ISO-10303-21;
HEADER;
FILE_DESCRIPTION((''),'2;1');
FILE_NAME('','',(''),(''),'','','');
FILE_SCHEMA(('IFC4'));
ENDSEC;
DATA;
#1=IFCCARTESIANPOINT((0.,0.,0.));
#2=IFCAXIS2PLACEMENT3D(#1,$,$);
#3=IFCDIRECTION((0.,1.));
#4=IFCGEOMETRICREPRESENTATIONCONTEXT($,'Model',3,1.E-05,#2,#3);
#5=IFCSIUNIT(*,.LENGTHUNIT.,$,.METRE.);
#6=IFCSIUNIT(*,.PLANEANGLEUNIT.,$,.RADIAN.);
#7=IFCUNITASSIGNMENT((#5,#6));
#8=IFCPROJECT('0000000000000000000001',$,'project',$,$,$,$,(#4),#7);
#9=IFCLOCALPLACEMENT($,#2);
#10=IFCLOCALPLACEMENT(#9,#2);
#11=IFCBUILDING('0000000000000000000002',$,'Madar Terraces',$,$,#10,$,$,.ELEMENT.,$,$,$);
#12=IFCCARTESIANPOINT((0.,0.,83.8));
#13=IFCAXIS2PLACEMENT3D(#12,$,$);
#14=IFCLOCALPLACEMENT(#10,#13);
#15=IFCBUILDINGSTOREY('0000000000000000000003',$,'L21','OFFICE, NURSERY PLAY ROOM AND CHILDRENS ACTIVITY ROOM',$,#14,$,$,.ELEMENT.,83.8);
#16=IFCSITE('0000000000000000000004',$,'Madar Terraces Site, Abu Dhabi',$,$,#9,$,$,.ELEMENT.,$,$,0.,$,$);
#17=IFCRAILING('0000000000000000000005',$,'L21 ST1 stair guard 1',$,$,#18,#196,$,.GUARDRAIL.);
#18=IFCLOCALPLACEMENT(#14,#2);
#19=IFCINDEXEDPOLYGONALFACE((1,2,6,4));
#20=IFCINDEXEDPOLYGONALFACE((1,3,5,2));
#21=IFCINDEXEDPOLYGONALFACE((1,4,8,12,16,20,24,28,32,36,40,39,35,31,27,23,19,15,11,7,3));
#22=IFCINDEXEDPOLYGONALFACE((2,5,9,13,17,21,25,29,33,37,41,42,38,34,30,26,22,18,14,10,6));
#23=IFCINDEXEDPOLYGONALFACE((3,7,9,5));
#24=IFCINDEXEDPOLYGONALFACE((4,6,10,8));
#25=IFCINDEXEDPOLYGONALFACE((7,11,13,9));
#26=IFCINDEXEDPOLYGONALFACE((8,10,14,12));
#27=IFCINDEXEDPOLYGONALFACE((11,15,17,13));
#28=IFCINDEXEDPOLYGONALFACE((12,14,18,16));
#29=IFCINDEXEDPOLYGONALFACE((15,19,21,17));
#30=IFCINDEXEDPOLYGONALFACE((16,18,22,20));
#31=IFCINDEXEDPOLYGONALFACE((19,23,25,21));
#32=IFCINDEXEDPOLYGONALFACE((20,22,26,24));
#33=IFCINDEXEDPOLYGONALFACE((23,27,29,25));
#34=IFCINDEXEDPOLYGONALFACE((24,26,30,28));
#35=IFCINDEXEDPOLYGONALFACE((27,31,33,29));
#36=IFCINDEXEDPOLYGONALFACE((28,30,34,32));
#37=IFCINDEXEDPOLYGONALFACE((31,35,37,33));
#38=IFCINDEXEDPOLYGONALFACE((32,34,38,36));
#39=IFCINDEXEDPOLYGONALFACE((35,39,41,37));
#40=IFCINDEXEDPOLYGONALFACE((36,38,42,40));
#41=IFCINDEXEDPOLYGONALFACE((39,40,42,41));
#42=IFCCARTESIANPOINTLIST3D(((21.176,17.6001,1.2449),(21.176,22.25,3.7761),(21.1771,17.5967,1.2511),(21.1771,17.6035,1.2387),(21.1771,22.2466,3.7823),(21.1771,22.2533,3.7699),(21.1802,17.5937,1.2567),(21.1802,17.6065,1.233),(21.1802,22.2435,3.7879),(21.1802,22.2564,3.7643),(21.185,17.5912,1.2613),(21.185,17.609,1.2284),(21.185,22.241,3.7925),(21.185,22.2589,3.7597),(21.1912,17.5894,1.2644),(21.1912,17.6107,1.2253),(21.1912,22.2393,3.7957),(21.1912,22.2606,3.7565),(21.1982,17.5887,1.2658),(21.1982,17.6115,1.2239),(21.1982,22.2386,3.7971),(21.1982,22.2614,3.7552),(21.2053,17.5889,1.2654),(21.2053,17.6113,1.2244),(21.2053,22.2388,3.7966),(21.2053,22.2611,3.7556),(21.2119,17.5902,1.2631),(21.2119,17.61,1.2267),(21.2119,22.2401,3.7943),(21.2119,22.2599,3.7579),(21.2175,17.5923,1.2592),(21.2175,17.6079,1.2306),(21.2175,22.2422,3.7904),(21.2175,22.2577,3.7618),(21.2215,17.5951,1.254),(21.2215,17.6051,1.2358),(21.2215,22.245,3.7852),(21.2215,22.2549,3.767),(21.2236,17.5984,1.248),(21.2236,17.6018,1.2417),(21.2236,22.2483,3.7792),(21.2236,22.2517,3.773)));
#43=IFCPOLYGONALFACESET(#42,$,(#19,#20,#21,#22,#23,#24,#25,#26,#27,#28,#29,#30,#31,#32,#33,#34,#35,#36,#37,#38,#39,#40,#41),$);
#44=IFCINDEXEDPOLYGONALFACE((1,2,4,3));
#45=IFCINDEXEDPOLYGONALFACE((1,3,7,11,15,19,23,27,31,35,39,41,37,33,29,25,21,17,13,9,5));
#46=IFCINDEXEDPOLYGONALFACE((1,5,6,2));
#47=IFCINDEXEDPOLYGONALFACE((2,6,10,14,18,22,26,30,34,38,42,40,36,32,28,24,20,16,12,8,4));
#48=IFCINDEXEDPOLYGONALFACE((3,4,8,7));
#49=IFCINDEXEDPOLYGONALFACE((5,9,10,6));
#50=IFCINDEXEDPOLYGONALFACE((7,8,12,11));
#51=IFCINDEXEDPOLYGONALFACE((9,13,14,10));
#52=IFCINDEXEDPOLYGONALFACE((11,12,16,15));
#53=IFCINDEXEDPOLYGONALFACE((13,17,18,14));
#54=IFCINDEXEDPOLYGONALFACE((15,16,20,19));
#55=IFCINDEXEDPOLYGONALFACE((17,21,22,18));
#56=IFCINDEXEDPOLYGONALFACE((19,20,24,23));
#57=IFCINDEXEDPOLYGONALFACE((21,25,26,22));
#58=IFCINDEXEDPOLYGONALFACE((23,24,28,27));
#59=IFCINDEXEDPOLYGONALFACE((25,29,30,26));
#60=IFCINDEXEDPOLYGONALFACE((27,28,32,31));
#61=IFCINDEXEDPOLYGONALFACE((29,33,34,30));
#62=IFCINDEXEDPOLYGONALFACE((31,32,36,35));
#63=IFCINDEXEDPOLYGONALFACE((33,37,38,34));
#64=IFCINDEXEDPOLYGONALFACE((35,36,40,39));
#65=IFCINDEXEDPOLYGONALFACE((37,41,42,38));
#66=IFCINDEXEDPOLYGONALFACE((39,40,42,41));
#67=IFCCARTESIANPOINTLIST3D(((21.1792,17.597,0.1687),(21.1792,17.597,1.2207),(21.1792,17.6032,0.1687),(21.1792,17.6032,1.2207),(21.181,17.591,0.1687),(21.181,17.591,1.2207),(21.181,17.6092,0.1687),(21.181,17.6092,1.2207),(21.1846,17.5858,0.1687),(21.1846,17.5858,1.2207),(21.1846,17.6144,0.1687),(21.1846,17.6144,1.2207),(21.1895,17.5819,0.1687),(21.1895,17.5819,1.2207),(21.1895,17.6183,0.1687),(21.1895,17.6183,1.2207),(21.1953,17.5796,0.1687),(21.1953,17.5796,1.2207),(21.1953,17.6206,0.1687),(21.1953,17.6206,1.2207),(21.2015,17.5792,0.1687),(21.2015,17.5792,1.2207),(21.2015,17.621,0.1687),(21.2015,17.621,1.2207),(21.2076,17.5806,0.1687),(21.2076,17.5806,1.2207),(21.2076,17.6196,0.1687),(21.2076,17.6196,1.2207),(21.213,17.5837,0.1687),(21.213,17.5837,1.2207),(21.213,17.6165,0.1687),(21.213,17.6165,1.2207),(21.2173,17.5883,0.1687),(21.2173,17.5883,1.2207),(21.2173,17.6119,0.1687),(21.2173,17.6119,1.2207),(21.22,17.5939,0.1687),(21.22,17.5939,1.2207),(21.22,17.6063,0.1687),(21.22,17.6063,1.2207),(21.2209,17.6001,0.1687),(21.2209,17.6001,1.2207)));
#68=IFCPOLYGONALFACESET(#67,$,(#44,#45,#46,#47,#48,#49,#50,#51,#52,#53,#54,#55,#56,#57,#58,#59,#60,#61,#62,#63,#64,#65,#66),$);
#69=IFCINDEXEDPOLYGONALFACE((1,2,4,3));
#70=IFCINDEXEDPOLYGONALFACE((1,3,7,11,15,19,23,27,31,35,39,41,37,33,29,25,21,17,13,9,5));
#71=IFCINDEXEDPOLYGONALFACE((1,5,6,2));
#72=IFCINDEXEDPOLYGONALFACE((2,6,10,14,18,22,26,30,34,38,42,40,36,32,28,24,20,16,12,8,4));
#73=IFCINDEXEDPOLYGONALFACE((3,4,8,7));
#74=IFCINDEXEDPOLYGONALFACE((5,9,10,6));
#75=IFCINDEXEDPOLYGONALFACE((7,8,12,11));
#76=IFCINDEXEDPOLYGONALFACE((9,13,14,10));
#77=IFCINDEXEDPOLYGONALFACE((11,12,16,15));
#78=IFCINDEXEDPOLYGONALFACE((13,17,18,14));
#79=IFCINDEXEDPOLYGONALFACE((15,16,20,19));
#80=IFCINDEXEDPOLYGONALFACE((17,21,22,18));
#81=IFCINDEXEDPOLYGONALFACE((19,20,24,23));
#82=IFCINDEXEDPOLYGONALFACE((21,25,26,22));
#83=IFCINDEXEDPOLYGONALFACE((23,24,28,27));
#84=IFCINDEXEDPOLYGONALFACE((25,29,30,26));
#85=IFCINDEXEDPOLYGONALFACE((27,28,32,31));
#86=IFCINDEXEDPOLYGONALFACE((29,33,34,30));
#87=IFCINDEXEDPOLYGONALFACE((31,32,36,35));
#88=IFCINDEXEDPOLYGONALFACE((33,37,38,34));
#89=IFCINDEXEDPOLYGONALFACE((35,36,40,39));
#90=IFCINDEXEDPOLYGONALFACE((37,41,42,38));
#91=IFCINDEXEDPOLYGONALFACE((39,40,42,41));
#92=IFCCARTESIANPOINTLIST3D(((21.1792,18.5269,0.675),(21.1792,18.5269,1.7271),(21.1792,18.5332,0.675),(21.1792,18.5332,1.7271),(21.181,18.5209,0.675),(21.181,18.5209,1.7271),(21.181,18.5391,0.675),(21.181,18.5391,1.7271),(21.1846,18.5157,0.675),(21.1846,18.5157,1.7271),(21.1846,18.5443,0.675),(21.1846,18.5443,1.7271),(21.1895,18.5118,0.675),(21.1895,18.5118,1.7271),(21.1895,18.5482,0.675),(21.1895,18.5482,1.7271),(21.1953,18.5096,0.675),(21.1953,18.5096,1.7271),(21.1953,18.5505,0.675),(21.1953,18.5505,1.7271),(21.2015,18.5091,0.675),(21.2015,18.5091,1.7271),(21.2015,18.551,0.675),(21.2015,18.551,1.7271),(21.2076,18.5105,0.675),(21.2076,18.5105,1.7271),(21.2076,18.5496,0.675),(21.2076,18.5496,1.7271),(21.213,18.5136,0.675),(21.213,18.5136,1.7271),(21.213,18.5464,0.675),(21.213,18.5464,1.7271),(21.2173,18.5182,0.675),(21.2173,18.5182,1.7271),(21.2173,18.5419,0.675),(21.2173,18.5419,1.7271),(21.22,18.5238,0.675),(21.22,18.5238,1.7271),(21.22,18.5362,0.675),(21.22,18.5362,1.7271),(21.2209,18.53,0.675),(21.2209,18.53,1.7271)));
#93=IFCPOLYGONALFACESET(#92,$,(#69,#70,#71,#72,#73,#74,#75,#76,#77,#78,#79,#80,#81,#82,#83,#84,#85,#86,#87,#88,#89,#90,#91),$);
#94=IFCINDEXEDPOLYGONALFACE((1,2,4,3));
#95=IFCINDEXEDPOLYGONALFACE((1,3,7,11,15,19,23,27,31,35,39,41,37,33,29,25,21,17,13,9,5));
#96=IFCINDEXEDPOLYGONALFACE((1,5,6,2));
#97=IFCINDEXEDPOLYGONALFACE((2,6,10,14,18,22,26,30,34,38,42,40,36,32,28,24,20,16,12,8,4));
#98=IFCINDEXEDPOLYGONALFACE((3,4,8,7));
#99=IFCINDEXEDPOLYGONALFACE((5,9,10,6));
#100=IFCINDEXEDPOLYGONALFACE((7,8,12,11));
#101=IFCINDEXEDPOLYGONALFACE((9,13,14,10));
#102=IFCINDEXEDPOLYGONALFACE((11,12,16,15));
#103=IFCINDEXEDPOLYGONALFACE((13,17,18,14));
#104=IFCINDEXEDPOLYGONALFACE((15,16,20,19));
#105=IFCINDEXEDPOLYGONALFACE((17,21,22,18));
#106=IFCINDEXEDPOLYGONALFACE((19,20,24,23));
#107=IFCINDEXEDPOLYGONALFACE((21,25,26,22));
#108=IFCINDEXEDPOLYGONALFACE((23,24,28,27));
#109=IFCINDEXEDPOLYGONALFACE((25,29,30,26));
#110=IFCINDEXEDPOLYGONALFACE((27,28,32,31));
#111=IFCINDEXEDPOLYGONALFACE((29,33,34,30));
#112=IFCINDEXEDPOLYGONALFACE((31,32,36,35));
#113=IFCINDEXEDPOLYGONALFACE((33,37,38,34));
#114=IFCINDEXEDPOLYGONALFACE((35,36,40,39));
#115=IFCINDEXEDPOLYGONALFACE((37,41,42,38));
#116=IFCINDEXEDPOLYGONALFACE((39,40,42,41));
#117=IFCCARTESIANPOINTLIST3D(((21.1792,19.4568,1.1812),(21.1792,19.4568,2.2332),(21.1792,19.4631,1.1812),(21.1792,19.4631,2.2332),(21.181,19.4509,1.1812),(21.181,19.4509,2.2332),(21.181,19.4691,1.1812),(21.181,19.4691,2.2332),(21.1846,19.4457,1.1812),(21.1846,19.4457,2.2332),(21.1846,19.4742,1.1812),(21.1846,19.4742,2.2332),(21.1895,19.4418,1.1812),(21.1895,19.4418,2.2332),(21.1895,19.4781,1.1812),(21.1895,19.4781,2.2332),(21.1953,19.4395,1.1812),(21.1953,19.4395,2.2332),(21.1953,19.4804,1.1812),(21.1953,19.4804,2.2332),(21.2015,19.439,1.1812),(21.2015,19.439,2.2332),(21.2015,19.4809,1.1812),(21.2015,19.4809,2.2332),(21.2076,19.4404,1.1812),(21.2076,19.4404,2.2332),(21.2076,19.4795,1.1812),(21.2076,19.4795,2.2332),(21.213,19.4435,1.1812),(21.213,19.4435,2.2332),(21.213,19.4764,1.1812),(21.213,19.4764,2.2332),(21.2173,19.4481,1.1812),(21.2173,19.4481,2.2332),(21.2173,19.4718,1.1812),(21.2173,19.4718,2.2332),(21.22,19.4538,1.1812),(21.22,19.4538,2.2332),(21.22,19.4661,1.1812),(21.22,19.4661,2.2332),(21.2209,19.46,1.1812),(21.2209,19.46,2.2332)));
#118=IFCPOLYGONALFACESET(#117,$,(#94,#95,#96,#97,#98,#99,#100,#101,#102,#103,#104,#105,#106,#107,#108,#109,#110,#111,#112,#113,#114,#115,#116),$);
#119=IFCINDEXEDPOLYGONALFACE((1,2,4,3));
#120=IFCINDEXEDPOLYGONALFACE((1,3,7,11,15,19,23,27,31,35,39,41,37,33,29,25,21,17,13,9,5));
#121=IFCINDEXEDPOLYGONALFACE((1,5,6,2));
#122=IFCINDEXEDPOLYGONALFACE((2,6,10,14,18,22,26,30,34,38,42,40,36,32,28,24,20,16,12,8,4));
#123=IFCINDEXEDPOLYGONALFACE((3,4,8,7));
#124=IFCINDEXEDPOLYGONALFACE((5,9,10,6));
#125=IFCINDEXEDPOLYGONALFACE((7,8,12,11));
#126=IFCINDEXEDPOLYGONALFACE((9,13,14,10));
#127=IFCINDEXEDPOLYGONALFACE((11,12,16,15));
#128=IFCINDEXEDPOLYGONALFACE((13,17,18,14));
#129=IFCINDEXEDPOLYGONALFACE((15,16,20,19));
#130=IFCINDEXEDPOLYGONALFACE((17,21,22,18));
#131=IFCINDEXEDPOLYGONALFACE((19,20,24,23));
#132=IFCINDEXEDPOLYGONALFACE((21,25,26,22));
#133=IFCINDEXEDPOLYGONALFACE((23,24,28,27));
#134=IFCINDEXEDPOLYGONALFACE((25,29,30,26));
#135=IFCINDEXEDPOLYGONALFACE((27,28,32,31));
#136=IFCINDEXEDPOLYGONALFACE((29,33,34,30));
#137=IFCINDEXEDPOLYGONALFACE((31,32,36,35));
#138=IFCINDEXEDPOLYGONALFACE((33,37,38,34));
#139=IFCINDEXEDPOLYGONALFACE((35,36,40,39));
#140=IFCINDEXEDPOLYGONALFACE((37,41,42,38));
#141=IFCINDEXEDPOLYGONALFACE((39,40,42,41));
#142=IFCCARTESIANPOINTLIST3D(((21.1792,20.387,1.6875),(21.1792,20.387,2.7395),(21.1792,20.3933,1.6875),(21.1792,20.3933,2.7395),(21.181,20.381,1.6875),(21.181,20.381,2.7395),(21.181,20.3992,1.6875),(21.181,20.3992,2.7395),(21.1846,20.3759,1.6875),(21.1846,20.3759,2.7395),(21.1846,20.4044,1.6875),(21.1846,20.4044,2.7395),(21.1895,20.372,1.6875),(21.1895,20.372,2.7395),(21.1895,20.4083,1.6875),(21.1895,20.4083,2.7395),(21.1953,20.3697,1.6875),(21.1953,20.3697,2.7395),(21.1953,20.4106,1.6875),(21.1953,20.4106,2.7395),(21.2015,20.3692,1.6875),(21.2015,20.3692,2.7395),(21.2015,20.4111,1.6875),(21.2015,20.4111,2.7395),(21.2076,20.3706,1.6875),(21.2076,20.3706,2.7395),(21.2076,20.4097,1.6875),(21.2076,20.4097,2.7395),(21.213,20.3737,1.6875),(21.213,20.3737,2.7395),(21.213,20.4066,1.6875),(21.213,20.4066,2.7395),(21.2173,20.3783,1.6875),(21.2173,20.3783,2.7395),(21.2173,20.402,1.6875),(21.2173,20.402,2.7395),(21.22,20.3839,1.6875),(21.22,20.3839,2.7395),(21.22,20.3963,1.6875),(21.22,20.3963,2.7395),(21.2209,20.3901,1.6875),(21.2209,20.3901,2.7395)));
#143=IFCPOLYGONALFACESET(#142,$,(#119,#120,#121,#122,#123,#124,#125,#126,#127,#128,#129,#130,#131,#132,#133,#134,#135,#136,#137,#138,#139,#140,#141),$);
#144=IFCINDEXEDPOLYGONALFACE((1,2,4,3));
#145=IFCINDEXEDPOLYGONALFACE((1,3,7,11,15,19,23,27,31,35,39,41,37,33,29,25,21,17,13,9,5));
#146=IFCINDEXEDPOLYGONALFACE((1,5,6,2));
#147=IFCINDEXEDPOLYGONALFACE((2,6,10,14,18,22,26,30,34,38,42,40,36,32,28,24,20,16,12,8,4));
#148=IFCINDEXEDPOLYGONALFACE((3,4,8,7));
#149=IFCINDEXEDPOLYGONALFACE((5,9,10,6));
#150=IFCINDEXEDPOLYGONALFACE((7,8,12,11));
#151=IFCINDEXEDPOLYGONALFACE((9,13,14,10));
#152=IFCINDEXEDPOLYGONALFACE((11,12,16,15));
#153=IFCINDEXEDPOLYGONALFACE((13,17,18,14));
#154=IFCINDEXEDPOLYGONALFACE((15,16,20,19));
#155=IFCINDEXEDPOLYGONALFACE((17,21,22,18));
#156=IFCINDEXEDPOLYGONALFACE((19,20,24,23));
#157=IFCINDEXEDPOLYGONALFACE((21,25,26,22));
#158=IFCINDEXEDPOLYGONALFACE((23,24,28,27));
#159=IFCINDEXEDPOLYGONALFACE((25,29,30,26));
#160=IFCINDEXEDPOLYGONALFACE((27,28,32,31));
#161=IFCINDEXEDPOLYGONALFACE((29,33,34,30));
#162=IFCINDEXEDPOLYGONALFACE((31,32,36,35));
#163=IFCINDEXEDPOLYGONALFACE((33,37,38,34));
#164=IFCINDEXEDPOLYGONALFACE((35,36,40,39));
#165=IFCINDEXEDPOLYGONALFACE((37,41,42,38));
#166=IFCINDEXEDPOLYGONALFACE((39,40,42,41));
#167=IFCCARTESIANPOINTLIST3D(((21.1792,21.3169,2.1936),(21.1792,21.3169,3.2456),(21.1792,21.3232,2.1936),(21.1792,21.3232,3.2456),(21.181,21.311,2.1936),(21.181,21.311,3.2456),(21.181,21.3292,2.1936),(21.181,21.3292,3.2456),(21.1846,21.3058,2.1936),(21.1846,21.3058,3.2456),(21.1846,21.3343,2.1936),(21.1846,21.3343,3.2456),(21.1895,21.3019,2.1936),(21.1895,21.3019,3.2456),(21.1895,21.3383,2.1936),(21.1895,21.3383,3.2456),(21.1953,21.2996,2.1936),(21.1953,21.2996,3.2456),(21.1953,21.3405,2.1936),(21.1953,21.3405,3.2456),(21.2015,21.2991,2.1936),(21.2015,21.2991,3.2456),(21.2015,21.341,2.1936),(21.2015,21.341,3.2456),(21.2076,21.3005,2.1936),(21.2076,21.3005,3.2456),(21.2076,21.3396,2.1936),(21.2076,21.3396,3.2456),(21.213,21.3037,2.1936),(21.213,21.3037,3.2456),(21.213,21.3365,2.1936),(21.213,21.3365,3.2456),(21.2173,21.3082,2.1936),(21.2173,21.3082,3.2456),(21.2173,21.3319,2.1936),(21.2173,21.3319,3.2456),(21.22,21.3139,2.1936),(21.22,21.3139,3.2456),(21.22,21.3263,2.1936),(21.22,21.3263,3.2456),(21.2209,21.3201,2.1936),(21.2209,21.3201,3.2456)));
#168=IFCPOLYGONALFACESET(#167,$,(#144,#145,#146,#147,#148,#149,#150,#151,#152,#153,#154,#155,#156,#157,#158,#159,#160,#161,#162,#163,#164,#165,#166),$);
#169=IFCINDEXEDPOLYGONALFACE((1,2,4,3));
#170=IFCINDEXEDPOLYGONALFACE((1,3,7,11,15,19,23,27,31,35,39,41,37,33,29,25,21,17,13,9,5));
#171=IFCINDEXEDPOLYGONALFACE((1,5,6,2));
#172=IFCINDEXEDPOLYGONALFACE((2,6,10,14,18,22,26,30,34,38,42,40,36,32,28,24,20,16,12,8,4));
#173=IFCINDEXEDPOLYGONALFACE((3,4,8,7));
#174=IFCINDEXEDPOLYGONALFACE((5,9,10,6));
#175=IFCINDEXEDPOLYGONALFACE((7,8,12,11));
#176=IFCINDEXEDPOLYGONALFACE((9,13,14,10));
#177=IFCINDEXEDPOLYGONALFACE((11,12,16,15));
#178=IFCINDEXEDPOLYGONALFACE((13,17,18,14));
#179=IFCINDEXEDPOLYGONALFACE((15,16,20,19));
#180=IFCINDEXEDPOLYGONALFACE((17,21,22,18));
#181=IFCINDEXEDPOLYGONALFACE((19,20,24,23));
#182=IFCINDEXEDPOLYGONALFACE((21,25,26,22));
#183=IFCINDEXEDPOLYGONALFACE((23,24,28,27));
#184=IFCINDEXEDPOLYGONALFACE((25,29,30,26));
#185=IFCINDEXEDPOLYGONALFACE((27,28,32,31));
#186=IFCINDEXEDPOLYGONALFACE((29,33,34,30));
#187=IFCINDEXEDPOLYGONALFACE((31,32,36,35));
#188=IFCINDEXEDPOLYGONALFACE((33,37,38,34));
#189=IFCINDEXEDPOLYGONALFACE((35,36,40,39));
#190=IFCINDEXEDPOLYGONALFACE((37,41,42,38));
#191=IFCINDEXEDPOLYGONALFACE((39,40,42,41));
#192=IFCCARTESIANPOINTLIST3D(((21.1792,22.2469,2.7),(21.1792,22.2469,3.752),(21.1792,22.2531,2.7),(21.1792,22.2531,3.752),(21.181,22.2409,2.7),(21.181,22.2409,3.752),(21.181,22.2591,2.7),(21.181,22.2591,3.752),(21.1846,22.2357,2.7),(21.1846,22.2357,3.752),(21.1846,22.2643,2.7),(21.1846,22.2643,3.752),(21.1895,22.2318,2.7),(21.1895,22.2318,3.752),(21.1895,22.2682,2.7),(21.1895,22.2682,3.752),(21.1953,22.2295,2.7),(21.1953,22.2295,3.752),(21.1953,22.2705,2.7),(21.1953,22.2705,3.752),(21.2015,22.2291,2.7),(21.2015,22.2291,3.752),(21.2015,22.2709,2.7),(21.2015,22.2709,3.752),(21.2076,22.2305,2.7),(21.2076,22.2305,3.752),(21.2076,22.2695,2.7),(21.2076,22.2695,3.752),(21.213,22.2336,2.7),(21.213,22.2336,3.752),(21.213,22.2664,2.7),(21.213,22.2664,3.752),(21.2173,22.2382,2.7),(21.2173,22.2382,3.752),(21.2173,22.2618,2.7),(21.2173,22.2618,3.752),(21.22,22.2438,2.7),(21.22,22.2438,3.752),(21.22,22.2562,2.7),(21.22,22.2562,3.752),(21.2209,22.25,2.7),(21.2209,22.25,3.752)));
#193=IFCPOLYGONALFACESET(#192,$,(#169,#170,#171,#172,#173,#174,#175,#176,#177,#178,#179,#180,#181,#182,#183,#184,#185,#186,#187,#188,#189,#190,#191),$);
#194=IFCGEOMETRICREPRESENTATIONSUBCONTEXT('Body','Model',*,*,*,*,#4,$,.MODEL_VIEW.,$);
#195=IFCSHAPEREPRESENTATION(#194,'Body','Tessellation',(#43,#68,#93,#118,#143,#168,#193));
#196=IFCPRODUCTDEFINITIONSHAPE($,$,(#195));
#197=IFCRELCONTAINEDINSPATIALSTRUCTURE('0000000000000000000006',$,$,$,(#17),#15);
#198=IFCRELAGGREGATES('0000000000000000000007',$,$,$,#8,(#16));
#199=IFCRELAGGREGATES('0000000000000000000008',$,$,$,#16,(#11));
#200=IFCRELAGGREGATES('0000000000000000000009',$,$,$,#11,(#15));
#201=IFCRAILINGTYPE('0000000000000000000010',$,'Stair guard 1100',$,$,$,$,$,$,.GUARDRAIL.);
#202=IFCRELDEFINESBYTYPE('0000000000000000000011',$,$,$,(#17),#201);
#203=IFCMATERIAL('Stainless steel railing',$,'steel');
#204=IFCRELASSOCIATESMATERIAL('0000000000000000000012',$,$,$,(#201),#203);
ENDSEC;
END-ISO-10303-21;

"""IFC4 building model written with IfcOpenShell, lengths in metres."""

from ifc_helpers import new_model, si_unit, direction, frame, origin, origin_2d, place, context, subcontext, project, spatial, circle, extrude, material, type_object, element, save


model = new_model("IFC4")

# Units and contexts
model_context = context("Model", 3, precision=1e-05, world=origin(), true_north=direction((0.0, 1.0)))
body_context = subcontext(model_context, "Body", "Model", "MODEL_VIEW")
ifc_project = project(units=[si_unit("LENGTHUNIT", "METRE"), si_unit("PLANEANGLEUNIT", "RADIAN")], contexts=[model_context])

# Site, building, storey
site_placement = place(None, origin())
site = spatial("IfcSite", under=ifc_project, at=site_placement, Name="Madar Terraces Site, Abu Dhabi", CompositionType="ELEMENT", RefElevation=0.0)
building_placement = place(site_placement, origin())
building = spatial("IfcBuilding", under=site, at=building_placement, Name="Madar Terraces", CompositionType="ELEMENT")
storey_placement = place(building_placement, frame((0.0, 0.0, 83.8)))
storey = spatial("IfcBuildingStorey", under=building, at=storey_placement, Name="L21", Description="OFFICE, NURSERY PLAY ROOM AND CHILDRENS ACTIVITY ROOM", CompositionType="ELEMENT", Elevation=83.8)

# Railing
ifc_material_1 = material(Name="Stainless steel railing", Category="steel")
railing_type_1 = type_object("IfcRailingType", Name="Stair guard 1100", PredefinedType="GUARDRAIL", material=ifc_material_1)
railing_1_placement = place(storey_placement, frame((21.2, 17.6001, 0.1687)))
element("IfcRailing", 1, at=railing_1_placement, inside=storey, type_object=railing_type_1, Name="L21 ST1 stair guard 1", PredefinedType="GUARDRAIL", context=body_context, shape_type="SweptSolid", body=[
    extrude(circle(Radius=0.0239, at=origin_2d()), frame((0.0, 0.0, 1.0762), z_axis=(0.0, 0.878297, 0.478115), x_axis=(-1.0, 0.0, 0.0)), (0.0, 0.0, 1.0), 5.2942),
    extrude(circle(Radius=0.021, at=origin_2d()), origin(), (0.0, 0.0, 1.0), 1.052),
    extrude(circle(Radius=0.021, at=origin_2d()), frame((0.0, 0.9299, 0.5063)), (0.0, 0.0, 1.0), 1.052),
    extrude(circle(Radius=0.021, at=origin_2d()), frame((0.0, 1.8599, 1.0125)), (0.0, 0.0, 1.0), 1.052),
    extrude(circle(Radius=0.021, at=origin_2d()), frame((0.0, 2.79, 1.5188)), (0.0, 0.0, 1.0), 1.052),
    extrude(circle(Radius=0.021, at=origin_2d()), frame((0.0, 3.72, 2.0249)), (0.0, 0.0, 1.0), 1.052),
    extrude(circle(Radius=0.021, at=origin_2d()), frame((0.0, 4.6499, 2.5312)), (0.0, 0.0, 1.0), 1.052),
])

save(model, "model.ifc")
